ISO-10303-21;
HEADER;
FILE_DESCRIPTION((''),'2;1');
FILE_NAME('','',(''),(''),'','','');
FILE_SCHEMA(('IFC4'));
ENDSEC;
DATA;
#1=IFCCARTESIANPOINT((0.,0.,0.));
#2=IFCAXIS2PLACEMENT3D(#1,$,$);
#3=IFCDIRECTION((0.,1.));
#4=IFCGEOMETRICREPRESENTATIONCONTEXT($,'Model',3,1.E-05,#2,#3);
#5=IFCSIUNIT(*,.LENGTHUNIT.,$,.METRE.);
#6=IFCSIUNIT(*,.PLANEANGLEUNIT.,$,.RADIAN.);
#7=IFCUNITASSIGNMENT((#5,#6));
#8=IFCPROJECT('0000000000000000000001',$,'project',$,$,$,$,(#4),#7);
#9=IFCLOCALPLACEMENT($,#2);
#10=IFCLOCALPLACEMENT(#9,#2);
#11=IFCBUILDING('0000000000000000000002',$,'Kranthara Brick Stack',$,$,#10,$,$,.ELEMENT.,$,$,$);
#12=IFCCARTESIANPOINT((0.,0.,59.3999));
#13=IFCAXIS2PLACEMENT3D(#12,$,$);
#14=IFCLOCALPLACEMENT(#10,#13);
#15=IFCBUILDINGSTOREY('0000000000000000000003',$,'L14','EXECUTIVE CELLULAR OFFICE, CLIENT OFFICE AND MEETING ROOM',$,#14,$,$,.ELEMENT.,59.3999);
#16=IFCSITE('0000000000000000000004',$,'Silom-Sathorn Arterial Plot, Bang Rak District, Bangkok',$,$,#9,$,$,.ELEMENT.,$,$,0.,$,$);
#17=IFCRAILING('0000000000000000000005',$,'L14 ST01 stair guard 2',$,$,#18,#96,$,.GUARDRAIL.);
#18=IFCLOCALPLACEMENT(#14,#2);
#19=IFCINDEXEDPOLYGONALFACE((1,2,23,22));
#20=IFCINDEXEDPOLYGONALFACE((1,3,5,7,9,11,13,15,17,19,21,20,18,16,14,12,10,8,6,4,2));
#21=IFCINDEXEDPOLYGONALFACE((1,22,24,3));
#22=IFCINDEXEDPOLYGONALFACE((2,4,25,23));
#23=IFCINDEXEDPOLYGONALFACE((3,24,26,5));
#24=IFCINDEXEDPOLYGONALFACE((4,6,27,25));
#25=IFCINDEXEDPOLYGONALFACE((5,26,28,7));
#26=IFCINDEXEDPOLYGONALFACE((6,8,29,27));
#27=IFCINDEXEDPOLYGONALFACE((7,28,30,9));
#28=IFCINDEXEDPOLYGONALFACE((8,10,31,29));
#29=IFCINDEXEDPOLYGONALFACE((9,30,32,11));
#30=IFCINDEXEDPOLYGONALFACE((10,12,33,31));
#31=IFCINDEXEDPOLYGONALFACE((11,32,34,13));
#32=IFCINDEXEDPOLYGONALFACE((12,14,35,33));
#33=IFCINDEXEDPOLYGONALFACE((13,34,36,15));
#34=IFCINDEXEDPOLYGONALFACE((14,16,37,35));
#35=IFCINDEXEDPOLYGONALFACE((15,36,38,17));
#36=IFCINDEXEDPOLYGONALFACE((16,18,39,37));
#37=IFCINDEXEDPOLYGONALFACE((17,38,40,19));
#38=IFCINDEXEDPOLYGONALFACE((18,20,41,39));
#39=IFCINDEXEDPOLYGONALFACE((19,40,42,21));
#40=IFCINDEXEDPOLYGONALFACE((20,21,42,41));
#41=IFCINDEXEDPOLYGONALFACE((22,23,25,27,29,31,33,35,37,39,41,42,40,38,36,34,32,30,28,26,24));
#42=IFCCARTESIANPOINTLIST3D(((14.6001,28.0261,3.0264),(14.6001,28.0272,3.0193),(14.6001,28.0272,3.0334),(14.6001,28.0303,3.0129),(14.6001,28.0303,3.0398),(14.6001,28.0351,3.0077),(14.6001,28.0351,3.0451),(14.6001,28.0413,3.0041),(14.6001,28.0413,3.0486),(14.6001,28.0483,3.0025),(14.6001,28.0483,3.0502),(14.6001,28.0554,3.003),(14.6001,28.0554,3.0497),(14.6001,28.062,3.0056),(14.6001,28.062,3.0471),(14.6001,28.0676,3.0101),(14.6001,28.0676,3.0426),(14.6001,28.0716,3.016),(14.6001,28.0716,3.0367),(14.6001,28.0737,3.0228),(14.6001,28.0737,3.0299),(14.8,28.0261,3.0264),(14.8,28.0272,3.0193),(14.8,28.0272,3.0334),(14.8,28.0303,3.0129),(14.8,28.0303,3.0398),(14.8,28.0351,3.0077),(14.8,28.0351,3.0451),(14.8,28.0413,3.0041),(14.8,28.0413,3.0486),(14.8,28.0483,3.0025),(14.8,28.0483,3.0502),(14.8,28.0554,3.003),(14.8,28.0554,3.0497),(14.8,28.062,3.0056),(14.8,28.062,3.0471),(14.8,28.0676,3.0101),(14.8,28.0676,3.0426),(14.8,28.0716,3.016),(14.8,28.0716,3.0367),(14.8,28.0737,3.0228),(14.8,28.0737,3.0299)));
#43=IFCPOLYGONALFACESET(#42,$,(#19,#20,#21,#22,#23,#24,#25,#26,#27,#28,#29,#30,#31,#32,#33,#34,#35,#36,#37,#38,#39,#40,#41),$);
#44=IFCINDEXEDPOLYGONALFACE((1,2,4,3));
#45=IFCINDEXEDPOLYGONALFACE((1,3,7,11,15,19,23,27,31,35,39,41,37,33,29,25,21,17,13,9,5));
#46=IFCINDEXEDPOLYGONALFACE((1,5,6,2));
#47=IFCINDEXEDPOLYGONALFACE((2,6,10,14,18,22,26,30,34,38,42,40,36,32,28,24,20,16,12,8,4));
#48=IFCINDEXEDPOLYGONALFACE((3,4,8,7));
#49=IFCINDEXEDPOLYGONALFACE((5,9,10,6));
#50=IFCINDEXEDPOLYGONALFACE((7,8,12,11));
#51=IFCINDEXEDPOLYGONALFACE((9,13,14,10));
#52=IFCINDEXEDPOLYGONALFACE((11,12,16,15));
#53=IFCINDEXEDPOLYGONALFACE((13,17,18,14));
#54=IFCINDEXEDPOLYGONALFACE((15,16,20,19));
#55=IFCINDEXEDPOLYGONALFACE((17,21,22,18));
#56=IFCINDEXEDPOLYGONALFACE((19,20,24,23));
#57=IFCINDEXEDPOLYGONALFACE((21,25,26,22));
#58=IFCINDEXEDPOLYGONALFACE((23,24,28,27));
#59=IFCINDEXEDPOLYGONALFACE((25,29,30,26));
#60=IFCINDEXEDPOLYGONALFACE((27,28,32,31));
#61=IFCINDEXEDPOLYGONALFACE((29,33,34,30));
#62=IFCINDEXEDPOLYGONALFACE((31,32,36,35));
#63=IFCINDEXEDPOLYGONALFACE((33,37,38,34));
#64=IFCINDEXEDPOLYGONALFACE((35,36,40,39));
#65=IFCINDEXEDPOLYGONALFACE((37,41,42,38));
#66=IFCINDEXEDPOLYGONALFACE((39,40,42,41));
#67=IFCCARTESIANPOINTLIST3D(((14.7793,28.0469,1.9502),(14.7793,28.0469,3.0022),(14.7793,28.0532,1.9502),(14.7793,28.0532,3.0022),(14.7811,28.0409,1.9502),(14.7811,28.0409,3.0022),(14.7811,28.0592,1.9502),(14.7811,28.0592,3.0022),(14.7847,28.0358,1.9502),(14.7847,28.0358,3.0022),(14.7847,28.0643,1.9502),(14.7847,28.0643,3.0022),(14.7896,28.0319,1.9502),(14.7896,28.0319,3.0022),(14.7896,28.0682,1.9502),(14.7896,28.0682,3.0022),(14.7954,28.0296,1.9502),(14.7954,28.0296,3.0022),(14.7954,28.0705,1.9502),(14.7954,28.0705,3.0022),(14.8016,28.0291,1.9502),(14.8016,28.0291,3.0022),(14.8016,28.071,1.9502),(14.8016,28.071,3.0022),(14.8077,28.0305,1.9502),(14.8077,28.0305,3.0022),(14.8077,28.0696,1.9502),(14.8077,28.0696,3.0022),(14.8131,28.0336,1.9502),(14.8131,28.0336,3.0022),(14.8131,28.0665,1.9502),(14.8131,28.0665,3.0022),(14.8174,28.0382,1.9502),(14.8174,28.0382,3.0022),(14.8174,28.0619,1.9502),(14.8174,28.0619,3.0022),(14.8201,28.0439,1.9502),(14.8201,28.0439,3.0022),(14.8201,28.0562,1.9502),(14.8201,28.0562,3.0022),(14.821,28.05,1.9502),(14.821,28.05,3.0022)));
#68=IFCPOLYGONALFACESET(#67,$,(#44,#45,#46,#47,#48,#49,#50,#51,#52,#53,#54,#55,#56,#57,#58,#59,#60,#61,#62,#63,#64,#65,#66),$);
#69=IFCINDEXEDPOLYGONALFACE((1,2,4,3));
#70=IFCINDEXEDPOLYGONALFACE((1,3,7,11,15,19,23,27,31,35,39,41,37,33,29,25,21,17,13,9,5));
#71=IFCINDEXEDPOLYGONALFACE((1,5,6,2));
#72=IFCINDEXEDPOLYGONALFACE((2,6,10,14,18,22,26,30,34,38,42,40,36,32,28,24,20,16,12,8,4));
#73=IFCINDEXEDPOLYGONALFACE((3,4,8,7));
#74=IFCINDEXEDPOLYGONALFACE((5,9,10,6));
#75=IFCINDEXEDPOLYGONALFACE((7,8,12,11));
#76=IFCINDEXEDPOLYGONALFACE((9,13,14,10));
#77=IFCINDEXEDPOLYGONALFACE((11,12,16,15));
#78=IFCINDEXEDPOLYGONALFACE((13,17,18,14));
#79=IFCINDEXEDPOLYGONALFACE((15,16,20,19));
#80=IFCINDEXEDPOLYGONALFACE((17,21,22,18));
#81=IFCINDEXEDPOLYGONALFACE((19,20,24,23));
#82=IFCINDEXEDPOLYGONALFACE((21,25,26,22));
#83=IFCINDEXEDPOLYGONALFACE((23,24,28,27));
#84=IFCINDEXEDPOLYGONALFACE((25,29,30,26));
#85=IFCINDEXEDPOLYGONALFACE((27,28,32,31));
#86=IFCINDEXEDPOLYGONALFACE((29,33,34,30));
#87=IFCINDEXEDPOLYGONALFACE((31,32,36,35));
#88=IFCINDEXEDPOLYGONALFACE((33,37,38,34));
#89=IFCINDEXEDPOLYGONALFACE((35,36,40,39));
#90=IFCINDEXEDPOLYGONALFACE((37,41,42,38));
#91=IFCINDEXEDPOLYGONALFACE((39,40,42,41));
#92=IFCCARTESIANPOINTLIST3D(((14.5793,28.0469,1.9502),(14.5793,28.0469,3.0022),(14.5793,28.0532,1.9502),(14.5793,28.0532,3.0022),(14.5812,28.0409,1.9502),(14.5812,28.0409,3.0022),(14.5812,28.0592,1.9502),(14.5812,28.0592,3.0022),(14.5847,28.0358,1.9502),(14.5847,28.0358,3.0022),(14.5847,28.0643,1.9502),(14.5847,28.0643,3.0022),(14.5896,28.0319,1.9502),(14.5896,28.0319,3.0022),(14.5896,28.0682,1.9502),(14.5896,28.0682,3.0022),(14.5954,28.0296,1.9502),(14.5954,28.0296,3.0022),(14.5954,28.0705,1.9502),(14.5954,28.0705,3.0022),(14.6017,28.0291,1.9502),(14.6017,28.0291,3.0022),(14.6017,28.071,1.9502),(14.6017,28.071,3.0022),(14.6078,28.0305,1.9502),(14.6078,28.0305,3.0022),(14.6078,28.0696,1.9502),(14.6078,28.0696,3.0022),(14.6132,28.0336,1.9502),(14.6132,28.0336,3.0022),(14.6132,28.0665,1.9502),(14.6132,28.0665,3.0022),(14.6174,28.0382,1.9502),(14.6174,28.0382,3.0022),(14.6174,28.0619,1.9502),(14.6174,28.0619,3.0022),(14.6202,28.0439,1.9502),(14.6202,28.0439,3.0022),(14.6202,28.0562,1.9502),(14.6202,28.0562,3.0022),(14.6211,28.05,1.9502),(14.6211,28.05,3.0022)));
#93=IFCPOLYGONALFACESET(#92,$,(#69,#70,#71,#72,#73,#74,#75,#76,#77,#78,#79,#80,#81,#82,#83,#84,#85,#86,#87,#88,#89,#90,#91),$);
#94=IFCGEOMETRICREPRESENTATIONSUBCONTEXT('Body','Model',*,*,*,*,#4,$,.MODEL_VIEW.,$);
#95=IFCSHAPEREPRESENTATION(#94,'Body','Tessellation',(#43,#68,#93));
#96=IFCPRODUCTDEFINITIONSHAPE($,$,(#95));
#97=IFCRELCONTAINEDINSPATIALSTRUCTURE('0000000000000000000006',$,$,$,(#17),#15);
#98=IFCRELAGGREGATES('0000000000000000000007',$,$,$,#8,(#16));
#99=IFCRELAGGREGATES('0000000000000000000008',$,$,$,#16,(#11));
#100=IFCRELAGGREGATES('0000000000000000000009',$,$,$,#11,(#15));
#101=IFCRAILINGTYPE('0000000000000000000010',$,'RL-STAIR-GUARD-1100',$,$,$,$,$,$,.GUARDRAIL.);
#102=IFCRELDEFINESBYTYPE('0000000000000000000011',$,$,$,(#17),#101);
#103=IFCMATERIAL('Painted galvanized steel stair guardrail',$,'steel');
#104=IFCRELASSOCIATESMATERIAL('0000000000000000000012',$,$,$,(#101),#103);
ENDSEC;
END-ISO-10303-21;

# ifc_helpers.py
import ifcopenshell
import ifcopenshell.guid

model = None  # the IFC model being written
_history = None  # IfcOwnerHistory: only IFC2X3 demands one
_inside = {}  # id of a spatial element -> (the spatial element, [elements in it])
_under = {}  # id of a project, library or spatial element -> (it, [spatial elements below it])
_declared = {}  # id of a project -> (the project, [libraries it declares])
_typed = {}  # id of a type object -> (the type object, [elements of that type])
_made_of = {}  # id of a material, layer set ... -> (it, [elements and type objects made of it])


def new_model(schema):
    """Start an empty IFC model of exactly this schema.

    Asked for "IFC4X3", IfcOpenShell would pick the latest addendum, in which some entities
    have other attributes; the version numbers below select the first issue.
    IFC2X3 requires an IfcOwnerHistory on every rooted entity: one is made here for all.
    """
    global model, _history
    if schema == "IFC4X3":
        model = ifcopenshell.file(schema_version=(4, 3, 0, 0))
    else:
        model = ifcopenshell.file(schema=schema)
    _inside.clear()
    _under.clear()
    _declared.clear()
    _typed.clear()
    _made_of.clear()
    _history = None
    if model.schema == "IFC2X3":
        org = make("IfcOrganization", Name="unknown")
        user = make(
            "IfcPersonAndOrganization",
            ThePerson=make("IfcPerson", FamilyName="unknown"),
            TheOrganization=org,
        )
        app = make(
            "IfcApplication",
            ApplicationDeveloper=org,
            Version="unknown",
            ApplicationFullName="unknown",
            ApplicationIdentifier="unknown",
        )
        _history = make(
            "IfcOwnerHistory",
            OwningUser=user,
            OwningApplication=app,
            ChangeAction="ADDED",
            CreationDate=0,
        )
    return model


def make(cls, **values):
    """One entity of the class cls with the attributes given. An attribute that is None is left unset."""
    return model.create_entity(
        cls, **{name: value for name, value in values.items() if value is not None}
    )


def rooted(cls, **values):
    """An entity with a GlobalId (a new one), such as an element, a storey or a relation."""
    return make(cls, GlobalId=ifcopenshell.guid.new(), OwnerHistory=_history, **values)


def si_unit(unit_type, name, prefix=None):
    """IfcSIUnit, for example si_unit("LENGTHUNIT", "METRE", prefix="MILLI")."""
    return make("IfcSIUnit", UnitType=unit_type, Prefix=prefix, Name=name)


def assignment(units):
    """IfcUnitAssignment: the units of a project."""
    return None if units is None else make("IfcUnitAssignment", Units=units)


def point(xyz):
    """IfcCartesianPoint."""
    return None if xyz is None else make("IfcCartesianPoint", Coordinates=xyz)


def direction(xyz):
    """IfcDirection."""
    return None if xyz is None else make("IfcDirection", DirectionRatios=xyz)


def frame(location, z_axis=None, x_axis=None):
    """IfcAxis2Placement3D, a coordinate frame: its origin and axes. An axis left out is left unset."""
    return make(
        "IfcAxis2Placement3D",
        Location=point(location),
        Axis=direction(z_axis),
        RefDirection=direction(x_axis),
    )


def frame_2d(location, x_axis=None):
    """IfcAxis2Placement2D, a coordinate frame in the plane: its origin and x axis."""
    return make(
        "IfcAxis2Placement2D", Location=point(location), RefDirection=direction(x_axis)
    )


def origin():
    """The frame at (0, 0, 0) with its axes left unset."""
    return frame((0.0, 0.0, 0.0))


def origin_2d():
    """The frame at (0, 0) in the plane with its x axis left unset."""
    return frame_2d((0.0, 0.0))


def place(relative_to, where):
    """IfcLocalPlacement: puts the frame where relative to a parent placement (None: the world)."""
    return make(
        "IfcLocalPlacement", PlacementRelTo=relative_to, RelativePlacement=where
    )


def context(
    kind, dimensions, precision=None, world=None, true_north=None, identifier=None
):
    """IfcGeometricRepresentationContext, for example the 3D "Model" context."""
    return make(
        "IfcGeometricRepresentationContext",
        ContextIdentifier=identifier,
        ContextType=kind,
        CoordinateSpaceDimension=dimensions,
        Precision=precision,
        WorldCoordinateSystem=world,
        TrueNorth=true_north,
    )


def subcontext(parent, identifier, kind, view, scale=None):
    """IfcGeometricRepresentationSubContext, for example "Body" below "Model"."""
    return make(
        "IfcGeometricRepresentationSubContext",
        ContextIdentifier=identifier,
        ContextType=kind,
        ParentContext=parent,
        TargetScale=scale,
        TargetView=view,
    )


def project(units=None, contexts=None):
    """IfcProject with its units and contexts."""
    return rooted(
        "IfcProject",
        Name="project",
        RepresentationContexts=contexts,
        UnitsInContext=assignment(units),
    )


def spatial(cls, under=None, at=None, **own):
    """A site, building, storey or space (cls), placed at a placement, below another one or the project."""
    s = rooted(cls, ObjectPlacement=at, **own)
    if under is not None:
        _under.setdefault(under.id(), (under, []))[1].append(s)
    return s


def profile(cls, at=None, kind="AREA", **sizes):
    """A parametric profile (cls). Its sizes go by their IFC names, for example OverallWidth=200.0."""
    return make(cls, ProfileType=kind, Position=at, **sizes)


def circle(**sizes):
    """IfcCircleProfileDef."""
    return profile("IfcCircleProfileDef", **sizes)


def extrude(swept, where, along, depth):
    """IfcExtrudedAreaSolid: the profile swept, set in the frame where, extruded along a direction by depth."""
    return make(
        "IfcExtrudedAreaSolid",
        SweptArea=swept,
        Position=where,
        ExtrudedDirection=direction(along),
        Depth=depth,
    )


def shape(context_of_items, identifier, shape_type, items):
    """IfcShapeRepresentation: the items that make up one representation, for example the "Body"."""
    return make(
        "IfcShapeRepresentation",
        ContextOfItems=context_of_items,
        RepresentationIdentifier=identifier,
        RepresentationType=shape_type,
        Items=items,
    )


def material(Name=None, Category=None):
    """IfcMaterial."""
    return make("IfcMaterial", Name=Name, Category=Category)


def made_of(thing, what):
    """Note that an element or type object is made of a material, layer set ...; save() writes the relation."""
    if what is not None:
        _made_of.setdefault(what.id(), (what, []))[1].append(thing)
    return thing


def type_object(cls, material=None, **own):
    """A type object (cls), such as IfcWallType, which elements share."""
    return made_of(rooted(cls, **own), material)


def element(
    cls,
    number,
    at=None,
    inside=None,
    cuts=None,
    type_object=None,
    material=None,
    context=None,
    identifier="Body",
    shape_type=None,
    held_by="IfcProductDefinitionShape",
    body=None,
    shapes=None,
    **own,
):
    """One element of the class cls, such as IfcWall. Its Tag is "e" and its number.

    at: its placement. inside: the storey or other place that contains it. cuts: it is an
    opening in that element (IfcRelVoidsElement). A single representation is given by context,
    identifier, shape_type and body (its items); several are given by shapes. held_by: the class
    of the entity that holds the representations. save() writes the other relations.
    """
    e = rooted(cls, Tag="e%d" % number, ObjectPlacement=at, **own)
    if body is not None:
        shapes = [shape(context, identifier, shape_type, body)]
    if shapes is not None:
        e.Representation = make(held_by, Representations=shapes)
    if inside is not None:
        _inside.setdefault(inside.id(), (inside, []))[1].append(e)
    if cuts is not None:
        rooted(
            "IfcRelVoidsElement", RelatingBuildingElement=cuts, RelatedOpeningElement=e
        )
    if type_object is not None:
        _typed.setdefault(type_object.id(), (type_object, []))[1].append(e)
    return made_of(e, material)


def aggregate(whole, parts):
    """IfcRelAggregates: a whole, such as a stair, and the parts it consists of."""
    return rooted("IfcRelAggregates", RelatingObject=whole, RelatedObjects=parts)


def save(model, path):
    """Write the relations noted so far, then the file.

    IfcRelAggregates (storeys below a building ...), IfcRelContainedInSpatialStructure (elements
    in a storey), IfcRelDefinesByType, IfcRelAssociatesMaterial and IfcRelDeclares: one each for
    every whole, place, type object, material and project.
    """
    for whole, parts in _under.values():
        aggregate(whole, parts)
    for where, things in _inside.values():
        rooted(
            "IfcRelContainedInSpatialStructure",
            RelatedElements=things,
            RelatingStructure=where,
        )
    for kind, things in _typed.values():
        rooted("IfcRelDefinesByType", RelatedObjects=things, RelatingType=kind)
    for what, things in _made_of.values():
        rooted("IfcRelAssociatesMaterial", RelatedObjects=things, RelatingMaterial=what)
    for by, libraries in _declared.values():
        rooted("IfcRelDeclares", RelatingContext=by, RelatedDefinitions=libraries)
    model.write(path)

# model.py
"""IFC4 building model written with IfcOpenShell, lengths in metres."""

from ifc_helpers import new_model, si_unit, direction, frame, origin, origin_2d, place, context, subcontext, project, spatial, circle, extrude, material, type_object, element, save


model = new_model("IFC4")

# Units and contexts
model_context = context("Model", 3, precision=1e-05, world=origin(), true_north=direction((0.0, 1.0)))
body_context = subcontext(model_context, "Body", "Model", "MODEL_VIEW")
ifc_project = project(units=[si_unit("LENGTHUNIT", "METRE"), si_unit("PLANEANGLEUNIT", "RADIAN")], contexts=[model_context])

# Site, building, storey
site_placement = place(None, origin())
site = spatial("IfcSite", under=ifc_project, at=site_placement, Name="Silom-Sathorn Arterial Plot, Bang Rak District, Bangkok", CompositionType="ELEMENT", RefElevation=0.0)
building_placement = place(site_placement, origin())
building = spatial("IfcBuilding", under=site, at=building_placement, Name="Kranthara Brick Stack", CompositionType="ELEMENT")
storey_placement = place(building_placement, frame((0.0, 0.0, 59.3999)))
storey = spatial("IfcBuildingStorey", under=building, at=storey_placement, Name="L14", Description="EXECUTIVE CELLULAR OFFICE, CLIENT OFFICE AND MEETING ROOM", CompositionType="ELEMENT", Elevation=59.3999)

# Railing
ifc_material_1 = material(Name="Painted galvanized steel stair guardrail", Category="steel")
railing_type_1 = type_object("IfcRailingType", Name="RL-STAIR-GUARD-1100", PredefinedType="GUARDRAIL", material=ifc_material_1)
railing_1_placement = place(storey_placement, frame((14.8, 28.05, 1.9502)))
element("IfcRailing", 1, at=railing_1_placement, inside=storey, type_object=railing_type_1, Name="L14 ST01 stair guard 2", PredefinedType="GUARDRAIL", context=body_context, shape_type="SweptSolid", body=[
    extrude(circle(Radius=0.0239, at=origin_2d()), frame((0.0, 0.0, 1.0762), z_axis=(-1.0, 0.0, 0.0), x_axis=(0.0, -1.0, 0.0)), (0.0, 0.0, 1.0), 0.2),
    extrude(circle(Radius=0.021, at=origin_2d()), origin(), (0.0, 0.0, 1.0), 1.052),
    extrude(circle(Radius=0.021, at=origin_2d()), frame((-0.2, 0.0, 0.0)), (0.0, 0.0, 1.0), 1.052),
])

save(model, "model.ifc")
